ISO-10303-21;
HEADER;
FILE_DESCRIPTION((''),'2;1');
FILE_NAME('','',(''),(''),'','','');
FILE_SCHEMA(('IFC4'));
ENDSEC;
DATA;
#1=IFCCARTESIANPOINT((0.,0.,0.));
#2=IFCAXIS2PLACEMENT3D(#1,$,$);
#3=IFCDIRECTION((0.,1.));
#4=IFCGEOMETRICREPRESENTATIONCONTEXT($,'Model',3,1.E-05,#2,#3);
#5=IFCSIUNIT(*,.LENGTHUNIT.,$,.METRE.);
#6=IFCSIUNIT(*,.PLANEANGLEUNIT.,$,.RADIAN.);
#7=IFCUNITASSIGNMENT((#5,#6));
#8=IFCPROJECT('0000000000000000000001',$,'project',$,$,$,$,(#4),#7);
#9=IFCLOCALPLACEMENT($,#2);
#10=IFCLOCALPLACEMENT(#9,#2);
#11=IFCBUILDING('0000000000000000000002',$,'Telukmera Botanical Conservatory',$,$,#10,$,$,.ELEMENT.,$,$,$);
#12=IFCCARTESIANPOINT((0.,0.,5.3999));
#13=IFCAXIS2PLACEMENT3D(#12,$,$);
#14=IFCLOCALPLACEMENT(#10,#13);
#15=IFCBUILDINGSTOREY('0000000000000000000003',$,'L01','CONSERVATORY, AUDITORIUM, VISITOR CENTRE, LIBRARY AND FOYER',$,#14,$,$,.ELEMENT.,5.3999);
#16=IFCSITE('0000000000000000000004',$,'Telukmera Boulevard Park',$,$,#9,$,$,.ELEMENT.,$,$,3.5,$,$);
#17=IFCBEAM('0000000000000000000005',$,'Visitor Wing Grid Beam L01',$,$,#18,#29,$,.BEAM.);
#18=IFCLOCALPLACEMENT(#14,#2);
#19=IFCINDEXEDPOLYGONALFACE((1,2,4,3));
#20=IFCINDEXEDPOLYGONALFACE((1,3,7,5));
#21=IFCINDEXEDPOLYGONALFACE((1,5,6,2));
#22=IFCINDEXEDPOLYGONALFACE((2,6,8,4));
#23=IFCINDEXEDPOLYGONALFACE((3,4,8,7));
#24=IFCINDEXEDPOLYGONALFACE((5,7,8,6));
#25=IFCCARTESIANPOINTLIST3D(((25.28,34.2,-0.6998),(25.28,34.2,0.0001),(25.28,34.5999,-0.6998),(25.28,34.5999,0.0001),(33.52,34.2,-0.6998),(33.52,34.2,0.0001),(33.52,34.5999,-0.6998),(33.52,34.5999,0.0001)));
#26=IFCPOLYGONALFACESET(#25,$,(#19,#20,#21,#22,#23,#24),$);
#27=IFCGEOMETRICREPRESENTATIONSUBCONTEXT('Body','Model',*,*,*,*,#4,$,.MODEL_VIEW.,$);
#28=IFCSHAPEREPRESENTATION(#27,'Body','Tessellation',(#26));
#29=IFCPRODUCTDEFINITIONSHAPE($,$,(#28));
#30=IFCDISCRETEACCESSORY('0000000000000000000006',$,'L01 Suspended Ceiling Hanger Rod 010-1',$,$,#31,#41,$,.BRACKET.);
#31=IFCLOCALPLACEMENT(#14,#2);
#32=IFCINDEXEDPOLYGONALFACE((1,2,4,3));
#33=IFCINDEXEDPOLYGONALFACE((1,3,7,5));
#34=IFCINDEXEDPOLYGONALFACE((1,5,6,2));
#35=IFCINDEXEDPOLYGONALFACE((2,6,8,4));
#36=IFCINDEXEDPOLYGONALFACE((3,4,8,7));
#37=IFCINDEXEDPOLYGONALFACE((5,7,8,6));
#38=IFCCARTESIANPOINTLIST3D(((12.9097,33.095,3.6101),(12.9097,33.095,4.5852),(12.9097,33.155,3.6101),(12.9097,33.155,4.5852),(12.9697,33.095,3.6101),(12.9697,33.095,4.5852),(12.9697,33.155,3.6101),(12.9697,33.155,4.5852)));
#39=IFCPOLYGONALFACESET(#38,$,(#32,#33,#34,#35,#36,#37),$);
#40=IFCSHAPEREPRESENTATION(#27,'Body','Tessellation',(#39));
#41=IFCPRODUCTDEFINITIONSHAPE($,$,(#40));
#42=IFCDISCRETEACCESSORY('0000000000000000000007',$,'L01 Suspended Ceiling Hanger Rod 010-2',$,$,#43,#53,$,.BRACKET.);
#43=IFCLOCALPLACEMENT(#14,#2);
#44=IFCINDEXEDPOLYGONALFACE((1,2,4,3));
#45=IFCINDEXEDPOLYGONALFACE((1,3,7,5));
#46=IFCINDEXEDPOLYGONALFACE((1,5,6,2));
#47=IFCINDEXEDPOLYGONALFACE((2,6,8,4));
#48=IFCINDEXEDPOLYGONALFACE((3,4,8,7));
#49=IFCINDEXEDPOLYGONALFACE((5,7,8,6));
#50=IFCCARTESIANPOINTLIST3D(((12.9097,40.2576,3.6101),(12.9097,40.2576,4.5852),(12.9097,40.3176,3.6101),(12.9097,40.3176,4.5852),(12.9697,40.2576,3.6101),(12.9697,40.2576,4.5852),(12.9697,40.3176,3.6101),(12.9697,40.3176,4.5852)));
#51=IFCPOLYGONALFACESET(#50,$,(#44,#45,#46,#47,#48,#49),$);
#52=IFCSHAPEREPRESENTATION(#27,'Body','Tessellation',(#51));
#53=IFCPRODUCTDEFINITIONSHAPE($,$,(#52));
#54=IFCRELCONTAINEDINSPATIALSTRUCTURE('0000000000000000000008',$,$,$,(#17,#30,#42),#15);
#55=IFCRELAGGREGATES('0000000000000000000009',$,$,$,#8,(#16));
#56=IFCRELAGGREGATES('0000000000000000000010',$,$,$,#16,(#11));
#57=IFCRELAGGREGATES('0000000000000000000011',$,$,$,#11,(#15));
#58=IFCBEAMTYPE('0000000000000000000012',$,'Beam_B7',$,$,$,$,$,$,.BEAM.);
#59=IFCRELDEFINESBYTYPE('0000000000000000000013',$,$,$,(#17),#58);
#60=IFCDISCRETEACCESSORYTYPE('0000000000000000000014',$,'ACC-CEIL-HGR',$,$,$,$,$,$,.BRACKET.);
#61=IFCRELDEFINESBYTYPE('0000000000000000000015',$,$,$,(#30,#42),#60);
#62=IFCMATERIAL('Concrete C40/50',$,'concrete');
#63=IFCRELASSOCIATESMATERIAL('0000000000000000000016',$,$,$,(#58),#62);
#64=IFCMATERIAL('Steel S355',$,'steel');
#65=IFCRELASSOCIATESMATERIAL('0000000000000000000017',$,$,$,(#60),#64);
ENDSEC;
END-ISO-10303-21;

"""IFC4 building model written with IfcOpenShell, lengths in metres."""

from ifc_helpers import new_model, si_unit, direction, frame, origin, origin_2d, place, context, subcontext, project, spatial, rectangle, extrude, material, material_profile, profile_set, type_object, element, save


model = new_model("IFC4")

# Units and contexts
model_context = context("Model", 3, precision=1e-05, world=origin(), true_north=direction((0.0, 1.0)))
body_context = subcontext(model_context, "Body", "Model", "MODEL_VIEW")
ifc_project = project(units=[si_unit("LENGTHUNIT", "METRE"), si_unit("PLANEANGLEUNIT", "RADIAN")], contexts=[model_context])

# Site, building, storey
site_placement = place(None, origin())
site = spatial("IfcSite", under=ifc_project, at=site_placement, Name="Telukmera Boulevard Park", CompositionType="ELEMENT", RefElevation=3.5)
building_placement = place(site_placement, origin())
building = spatial("IfcBuilding", under=site, at=building_placement, Name="Telukmera Botanical Conservatory", CompositionType="ELEMENT")
storey_placement = place(building_placement, frame((0.0, 0.0, 5.3999)))
storey = spatial("IfcBuildingStorey", under=building, at=storey_placement, Name="L01", Description="CONSERVATORY, AUDITORIUM, VISITOR CENTRE, LIBRARY AND FOYER", CompositionType="ELEMENT", Elevation=5.3999)

# Shared definitions
ifc_material_1 = material(Name="Concrete C40/50", Category="concrete")

# Beam
ifc_material_profile_1 = material_profile(ifc_material_1, rectangle(XDim=0.3999, YDim=0.7, at=origin_2d()), Name="RC 400x700")
ifc_profile_set_1 = profile_set([ifc_material_profile_1], Name="Concrete C40/50")
beam_type_1 = type_object("IfcBeamType", Name="Beam_B7", PredefinedType="BEAM", material=ifc_profile_set_1)
beam_1_placement = place(storey_placement, frame((25.28, 34.3999, -0.3499), z_axis=(1.0, 0.0, 0.0), x_axis=(0.0, 1.0, 0.0)))
element("IfcBeam", 1, at=beam_1_placement, inside=storey, type_object=beam_type_1, Name="Visitor Wing Grid Beam L01", PredefinedType="BEAM", context=body_context, shape_type="SweptSolid", body=[
    extrude(rectangle(XDim=0.3999, YDim=0.7, at=origin_2d()), origin(), (0.0, 0.0, 1.0), 8.24),
])

# Discrete accessories
ifc_material_2 = material(Name="Steel S355", Category="steel")
discrete_accessory_type = type_object("IfcDiscreteAccessoryType", Name="ACC-CEIL-HGR", PredefinedType="BRACKET", material=ifc_material_2)
for number, where, z_axis, x_axis, name in (
    (2, (12.9397, 33.125, 3.6101), (0.0, 0.0, 1.0), (1.0, 0.0, 0.0), "L01 Suspended Ceiling Hanger Rod 010-1"),
    (3, (12.9397, 40.2876, 3.6101), (0.0, 0.0, 1.0), (1.0, 0.0, 0.0), "L01 Suspended Ceiling Hanger Rod 010-2"),
):
    element("IfcDiscreteAccessory", number, at=place(storey_placement, frame(where, z_axis=z_axis, x_axis=x_axis)), inside=storey, type_object=discrete_accessory_type, Name=name, PredefinedType="BRACKET", context=body_context, shape_type="SweptSolid", body=[
        extrude(rectangle(XDim=0.0601, YDim=0.0601, at=origin_2d()), origin(), (0.0, 0.0, 1.0), 0.9751),
    ])

save(model, "model.ifc")
